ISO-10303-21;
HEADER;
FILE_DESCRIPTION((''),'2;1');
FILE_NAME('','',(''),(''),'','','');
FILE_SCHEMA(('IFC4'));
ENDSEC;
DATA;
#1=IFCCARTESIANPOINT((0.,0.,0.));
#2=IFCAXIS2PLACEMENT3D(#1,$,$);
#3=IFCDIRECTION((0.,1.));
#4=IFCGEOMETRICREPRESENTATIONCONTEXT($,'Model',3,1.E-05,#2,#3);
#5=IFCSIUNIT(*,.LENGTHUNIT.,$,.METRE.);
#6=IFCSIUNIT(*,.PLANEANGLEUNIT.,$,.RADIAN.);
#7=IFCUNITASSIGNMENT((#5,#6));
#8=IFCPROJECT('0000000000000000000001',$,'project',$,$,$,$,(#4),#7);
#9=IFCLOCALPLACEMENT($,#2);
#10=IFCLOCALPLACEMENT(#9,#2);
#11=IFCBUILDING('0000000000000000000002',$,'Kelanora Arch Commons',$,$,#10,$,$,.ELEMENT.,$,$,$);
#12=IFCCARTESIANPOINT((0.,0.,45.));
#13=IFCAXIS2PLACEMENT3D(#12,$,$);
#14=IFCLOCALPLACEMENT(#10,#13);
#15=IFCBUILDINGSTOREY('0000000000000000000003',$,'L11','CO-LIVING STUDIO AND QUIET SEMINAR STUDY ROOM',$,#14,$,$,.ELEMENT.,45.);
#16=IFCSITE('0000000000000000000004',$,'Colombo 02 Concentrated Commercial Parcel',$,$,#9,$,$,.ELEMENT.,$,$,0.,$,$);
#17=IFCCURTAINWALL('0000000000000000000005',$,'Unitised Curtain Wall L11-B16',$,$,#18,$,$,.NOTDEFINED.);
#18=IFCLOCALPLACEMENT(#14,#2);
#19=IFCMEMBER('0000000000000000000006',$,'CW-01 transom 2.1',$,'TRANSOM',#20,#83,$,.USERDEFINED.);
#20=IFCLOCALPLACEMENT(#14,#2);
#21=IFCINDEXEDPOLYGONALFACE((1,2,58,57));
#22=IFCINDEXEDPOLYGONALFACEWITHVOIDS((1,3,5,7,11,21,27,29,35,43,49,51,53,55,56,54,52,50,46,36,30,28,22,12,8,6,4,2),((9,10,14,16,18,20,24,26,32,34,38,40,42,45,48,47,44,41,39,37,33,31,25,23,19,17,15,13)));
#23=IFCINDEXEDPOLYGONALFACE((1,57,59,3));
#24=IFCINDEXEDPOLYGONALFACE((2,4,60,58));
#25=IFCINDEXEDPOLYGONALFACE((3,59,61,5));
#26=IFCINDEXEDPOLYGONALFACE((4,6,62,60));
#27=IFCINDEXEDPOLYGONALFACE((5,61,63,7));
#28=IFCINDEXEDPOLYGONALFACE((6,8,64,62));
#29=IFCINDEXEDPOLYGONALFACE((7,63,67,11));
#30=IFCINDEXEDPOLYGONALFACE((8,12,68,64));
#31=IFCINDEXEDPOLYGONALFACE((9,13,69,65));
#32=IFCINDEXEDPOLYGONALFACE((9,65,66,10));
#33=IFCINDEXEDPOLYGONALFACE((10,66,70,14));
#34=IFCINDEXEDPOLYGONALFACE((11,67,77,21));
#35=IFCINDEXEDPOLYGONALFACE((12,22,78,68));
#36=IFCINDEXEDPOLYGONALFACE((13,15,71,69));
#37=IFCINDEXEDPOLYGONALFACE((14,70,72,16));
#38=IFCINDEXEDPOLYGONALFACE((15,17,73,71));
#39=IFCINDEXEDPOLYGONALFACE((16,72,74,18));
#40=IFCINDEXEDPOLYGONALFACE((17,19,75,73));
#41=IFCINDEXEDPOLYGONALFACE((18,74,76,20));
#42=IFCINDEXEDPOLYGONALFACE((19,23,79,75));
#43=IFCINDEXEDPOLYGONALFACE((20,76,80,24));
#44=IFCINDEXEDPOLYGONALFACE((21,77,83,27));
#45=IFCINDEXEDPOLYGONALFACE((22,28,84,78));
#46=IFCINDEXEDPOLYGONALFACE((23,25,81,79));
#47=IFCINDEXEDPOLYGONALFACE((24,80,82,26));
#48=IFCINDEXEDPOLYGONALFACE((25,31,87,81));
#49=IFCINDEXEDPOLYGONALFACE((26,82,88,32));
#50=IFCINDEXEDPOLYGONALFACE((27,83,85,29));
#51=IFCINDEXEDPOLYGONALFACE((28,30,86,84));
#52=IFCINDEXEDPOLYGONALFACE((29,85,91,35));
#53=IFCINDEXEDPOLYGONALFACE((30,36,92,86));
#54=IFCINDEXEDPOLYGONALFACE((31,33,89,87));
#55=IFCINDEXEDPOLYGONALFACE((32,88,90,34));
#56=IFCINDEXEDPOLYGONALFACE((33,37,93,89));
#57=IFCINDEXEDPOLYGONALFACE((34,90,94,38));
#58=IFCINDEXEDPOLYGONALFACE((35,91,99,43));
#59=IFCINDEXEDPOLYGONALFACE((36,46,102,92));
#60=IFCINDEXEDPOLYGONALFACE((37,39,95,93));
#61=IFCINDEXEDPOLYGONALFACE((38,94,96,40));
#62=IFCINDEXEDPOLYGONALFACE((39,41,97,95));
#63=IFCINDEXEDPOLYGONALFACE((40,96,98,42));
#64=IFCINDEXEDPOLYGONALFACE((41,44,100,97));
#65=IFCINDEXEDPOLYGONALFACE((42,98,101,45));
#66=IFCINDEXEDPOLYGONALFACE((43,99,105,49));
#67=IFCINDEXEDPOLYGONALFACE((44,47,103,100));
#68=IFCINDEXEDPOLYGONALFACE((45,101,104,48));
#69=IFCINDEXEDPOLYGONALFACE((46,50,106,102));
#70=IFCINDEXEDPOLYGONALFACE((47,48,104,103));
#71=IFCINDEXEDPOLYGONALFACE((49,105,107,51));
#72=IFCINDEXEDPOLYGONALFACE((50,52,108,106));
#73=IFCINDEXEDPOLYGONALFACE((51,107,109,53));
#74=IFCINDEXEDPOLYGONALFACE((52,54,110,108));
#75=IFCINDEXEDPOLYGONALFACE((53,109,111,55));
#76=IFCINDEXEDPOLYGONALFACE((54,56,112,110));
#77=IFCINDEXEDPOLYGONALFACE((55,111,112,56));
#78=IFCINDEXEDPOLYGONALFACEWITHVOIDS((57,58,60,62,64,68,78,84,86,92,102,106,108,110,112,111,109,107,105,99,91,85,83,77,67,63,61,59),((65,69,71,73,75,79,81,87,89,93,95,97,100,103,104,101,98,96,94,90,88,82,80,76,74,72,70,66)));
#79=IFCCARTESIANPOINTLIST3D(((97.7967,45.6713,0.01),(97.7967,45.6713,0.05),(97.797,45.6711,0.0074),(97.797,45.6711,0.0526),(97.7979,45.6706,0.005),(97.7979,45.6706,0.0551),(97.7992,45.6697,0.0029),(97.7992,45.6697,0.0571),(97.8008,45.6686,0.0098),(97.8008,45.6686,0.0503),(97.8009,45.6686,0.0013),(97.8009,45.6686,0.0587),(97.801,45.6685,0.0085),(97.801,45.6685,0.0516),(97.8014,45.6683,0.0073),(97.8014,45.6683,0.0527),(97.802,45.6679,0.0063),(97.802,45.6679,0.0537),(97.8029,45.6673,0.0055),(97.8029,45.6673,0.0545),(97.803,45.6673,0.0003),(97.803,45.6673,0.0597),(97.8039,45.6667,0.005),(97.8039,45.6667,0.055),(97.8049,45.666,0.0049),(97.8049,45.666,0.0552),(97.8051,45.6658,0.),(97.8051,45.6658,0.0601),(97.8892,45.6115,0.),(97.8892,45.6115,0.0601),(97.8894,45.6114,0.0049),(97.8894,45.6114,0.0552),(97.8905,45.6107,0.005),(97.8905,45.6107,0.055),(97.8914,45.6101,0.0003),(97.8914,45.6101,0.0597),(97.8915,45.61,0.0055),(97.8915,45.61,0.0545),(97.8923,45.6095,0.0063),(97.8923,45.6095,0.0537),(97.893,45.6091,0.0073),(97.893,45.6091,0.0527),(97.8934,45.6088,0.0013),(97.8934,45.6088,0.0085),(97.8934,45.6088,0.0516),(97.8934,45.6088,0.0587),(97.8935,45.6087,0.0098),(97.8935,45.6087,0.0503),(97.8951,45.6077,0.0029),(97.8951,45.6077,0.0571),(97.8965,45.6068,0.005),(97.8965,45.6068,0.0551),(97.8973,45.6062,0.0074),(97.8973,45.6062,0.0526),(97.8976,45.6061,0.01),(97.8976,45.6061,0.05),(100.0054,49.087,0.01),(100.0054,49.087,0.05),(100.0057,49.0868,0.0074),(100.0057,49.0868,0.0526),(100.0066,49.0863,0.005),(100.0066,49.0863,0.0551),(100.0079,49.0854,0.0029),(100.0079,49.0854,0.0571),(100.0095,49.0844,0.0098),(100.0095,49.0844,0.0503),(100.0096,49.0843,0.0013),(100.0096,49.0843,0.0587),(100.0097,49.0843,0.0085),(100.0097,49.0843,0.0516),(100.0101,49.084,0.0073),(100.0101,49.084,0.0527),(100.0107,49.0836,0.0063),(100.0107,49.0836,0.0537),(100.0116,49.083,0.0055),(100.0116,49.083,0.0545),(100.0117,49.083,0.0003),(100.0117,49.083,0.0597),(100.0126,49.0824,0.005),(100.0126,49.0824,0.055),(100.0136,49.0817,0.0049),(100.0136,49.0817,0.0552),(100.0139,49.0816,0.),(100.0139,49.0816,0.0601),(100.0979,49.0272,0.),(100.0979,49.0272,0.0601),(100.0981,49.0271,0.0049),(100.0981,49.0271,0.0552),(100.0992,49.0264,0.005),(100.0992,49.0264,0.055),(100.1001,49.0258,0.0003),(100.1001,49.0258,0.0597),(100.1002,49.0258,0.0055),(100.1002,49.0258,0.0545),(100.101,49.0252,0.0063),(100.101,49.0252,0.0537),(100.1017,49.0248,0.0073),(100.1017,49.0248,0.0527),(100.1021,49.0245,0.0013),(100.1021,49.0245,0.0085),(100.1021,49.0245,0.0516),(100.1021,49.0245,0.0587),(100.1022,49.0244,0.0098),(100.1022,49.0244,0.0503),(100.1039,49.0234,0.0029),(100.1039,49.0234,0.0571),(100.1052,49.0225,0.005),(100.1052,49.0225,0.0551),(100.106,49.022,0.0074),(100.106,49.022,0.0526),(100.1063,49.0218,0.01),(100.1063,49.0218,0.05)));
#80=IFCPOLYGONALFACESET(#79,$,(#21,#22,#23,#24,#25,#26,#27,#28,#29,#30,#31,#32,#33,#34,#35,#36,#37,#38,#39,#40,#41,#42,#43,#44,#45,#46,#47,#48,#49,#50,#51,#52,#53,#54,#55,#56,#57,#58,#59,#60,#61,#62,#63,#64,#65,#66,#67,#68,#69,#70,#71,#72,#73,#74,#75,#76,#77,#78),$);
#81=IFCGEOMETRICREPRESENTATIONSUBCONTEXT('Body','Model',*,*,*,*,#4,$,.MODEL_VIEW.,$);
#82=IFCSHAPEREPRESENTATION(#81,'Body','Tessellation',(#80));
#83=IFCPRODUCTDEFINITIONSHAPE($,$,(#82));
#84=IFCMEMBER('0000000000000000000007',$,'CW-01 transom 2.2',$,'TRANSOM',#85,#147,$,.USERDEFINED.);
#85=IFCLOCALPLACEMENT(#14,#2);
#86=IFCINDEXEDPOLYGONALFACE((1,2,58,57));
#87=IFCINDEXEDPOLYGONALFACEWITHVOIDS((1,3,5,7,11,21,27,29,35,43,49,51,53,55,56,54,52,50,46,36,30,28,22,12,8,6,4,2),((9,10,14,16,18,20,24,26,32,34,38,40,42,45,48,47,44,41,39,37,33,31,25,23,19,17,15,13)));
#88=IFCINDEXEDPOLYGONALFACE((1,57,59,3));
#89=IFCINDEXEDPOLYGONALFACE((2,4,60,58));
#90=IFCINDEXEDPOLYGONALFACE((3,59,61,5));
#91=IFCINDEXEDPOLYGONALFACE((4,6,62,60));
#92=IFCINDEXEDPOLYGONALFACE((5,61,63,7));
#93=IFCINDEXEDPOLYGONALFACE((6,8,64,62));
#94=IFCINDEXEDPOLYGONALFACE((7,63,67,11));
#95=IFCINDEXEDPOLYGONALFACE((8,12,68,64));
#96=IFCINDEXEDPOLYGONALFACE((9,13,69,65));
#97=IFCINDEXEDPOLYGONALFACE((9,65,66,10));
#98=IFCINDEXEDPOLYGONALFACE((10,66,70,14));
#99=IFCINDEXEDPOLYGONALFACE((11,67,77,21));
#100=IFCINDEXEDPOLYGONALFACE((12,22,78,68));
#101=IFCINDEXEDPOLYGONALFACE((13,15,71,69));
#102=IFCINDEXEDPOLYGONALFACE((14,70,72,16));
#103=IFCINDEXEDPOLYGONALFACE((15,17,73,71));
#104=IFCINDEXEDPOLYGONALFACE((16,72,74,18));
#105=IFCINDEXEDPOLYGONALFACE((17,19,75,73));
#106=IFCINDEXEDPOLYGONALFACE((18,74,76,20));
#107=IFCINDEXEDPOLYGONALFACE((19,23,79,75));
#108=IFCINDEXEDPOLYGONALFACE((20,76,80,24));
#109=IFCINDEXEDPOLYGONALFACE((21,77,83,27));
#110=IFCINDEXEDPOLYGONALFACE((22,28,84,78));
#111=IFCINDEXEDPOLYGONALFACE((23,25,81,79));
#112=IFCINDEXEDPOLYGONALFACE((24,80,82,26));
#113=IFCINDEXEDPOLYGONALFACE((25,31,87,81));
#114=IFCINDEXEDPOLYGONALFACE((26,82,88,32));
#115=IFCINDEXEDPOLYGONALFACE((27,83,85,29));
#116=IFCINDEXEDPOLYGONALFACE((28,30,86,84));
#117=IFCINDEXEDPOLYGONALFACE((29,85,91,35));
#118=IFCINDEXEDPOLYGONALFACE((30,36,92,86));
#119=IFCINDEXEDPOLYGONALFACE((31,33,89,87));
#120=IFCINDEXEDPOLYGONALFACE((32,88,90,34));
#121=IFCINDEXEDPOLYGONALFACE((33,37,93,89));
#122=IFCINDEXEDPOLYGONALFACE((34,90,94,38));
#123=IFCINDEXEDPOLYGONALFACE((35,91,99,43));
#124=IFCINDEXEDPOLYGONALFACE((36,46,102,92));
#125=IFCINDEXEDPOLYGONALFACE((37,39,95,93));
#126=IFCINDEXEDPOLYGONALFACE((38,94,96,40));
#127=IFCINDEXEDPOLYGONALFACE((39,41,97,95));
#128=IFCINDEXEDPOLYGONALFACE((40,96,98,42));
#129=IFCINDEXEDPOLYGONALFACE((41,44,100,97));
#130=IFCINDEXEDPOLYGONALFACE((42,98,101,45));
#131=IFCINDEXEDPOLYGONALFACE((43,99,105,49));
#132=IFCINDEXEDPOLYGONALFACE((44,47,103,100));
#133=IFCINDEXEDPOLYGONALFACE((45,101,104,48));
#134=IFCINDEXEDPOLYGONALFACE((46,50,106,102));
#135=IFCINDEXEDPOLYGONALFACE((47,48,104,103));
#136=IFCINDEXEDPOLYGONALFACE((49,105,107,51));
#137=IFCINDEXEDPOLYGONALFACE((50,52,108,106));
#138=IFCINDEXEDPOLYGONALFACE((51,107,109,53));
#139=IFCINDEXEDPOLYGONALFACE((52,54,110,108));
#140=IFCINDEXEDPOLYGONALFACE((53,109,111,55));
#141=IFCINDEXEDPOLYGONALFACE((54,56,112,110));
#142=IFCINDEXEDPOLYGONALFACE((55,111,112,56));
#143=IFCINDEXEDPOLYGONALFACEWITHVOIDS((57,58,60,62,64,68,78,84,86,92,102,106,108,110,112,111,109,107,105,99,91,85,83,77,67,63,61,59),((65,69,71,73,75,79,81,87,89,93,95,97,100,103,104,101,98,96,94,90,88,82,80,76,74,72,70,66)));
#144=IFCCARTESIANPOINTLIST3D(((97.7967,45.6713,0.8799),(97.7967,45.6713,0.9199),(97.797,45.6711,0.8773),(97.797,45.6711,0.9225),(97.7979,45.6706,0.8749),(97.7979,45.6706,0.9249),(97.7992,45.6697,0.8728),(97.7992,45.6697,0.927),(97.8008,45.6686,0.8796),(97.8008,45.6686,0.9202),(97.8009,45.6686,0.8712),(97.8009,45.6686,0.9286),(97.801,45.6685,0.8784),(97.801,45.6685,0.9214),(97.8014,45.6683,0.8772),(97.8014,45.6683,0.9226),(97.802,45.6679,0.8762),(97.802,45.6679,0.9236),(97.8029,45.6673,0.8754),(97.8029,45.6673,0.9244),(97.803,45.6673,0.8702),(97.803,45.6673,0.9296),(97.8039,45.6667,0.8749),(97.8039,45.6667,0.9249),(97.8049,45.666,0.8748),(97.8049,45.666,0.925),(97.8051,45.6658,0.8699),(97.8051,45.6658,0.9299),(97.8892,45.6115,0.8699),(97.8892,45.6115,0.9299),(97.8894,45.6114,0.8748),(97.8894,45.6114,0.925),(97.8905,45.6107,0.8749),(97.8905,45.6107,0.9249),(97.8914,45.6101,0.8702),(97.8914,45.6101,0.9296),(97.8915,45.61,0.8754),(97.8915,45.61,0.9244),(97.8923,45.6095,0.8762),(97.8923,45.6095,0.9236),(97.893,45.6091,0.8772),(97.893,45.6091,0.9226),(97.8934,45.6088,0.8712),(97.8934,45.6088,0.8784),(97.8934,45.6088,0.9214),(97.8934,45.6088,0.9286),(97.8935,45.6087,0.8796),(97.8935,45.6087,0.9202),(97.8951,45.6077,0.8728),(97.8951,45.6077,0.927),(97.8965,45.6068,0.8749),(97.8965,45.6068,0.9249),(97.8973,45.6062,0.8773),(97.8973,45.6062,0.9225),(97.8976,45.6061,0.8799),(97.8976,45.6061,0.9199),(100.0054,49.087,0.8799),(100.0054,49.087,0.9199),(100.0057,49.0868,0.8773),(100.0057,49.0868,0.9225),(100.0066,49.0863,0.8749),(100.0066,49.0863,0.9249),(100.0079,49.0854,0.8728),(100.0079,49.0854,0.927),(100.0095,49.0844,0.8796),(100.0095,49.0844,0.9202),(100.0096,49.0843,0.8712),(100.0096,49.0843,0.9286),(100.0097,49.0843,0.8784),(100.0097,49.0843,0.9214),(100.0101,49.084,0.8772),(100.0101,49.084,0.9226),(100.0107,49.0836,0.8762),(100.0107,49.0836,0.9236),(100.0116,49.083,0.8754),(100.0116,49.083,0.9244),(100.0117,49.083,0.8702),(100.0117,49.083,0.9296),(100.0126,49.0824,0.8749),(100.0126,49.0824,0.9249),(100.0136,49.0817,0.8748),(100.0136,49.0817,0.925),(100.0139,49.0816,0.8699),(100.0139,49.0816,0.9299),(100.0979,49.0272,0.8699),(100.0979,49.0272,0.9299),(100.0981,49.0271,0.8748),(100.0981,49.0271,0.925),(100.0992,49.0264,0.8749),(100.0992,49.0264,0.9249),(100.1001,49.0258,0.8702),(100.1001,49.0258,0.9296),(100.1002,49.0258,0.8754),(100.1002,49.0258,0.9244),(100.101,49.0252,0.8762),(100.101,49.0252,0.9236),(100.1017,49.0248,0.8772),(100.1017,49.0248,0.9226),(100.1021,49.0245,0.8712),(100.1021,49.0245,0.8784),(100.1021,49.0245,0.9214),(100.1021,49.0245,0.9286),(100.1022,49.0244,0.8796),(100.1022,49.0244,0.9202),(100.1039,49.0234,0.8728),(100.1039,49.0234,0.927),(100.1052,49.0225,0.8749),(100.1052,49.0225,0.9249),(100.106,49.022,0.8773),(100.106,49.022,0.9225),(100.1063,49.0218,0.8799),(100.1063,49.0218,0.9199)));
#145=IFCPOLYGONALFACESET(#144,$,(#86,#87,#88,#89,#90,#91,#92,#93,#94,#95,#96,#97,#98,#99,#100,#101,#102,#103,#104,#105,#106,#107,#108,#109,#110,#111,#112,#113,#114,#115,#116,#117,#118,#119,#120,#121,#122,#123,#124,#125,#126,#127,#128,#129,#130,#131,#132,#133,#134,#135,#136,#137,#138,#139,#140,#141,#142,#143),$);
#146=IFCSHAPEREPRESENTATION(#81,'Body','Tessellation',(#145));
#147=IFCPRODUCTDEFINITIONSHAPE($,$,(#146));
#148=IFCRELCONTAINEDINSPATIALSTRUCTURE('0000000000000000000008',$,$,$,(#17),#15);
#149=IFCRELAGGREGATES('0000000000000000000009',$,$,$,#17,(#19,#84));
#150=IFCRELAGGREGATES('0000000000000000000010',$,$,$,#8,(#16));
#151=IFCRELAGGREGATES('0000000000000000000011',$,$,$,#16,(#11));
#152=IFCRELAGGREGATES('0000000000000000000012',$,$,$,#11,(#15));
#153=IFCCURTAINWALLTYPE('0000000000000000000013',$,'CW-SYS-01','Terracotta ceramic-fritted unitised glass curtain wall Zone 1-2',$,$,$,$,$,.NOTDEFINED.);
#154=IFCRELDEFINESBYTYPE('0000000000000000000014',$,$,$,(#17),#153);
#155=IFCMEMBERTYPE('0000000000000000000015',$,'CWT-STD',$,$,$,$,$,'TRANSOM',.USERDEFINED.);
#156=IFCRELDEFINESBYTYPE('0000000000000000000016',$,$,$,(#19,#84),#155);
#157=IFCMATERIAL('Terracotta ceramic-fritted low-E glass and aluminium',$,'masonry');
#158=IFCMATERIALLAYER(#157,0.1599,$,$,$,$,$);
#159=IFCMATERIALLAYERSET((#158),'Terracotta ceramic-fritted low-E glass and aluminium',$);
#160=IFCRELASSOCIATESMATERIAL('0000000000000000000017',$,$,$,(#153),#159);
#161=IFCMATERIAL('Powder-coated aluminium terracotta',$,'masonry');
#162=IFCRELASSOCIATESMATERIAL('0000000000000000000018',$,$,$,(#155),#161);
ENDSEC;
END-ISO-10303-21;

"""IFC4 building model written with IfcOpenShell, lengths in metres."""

from ifc_helpers import new_model, si_unit, direction, frame, origin, origin_2d, place, context, subcontext, project, spatial, hollow_rectangle, extrude, material, layer, layer_set, material_profile, profile_set, type_object, element, aggregate, save


model = new_model("IFC4")

# Units and contexts
model_context = context("Model", 3, precision=1e-05, world=origin(), true_north=direction((0.0, 1.0)))
body_context = subcontext(model_context, "Body", "Model", "MODEL_VIEW")
ifc_project = project(units=[si_unit("LENGTHUNIT", "METRE"), si_unit("PLANEANGLEUNIT", "RADIAN")], contexts=[model_context])

# Site, building, storey
site_placement = place(None, origin())
site = spatial("IfcSite", under=ifc_project, at=site_placement, Name="Colombo 02 Concentrated Commercial Parcel", CompositionType="ELEMENT", RefElevation=0.0)
building_placement = place(site_placement, origin())
building = spatial("IfcBuilding", under=site, at=building_placement, Name="Kelanora Arch Commons", CompositionType="ELEMENT")
storey_placement = place(building_placement, frame((0.0, 0.0, 45.0)))
storey = spatial("IfcBuildingStorey", under=building, at=storey_placement, Name="L11", Description="CO-LIVING STUDIO AND QUIET SEMINAR STUDY ROOM", CompositionType="ELEMENT", Elevation=45.0)

# Shared definitions
ifc_material_1 = material(Name="Terracotta ceramic-fritted low-E glass and aluminium", Category="masonry")
ifc_layer_1 = layer(ifc_material_1, 0.1599)
ifc_layer_set_1 = layer_set([ifc_layer_1], Name="Terracotta ceramic-fritted low-E glass and aluminium")
curtain_wall_type = type_object("IfcCurtainWallType", Name="CW-SYS-01", Description="Terracotta ceramic-fritted unitised glass curtain wall Zone 1-2", PredefinedType="NOTDEFINED", material=ifc_layer_set_1)
ifc_material_2 = material(Name="Powder-coated aluminium terracotta", Category="masonry")

# Curtain wall, members
curtain_wall_1_placement = place(storey_placement, origin())
curtain_wall_1 = element("IfcCurtainWall", 1, at=curtain_wall_1_placement, inside=storey, type_object=curtain_wall_type, Name="Unitised Curtain Wall L11-B16", PredefinedType="NOTDEFINED")
ifc_material_profile_1 = material_profile(ifc_material_2, hollow_rectangle(XDim=0.1201, YDim=0.0601, WallThickness=0.0049, InnerFilletRadius=0.0049, OuterFilletRadius=0.01, at=origin_2d()), Name="CWT120x60")
ifc_profile_set_1 = profile_set([ifc_material_profile_1], Name="Powder-coated aluminium terracotta")
member_type_1 = type_object("IfcMemberType", Name="CWT-STD", ElementType="TRANSOM", PredefinedType="USERDEFINED", material=ifc_profile_set_1)
member_1_placement = place(storey_placement, frame((97.8472, 45.6387, 0.03), z_axis=(0.542997, 0.839734, 0.0), x_axis=(-0.839734, 0.542997, 0.0)))
member_1 = element("IfcMember", 2, at=member_1_placement, type_object=member_type_1, Name="CW-01 transom 2.1", ObjectType="TRANSOM", PredefinedType="USERDEFINED", context=body_context, shape_type="SweptSolid", body=[
    extrude(hollow_rectangle(XDim=0.1201, YDim=0.0601, WallThickness=0.0049, InnerFilletRadius=0.0049, OuterFilletRadius=0.01, at=origin_2d()), origin(), (0.0, 0.0, 1.0), 4.0676),
])
member_2_placement = place(storey_placement, frame((97.8472, 45.6387, 0.8999), z_axis=(0.542997, 0.839734, 0.0), x_axis=(-0.839734, 0.542997, 0.0)))
member_2 = element("IfcMember", 3, at=member_2_placement, type_object=member_type_1, Name="CW-01 transom 2.2", ObjectType="TRANSOM", PredefinedType="USERDEFINED", context=body_context, shape_type="SweptSolid", body=[
    extrude(hollow_rectangle(XDim=0.1201, YDim=0.0601, WallThickness=0.0049, InnerFilletRadius=0.0049, OuterFilletRadius=0.01, at=origin_2d()), origin(), (0.0, 0.0, 1.0), 4.0676),
])

aggregate(curtain_wall_1, [member_1, member_2])

save(model, "model.ifc")
